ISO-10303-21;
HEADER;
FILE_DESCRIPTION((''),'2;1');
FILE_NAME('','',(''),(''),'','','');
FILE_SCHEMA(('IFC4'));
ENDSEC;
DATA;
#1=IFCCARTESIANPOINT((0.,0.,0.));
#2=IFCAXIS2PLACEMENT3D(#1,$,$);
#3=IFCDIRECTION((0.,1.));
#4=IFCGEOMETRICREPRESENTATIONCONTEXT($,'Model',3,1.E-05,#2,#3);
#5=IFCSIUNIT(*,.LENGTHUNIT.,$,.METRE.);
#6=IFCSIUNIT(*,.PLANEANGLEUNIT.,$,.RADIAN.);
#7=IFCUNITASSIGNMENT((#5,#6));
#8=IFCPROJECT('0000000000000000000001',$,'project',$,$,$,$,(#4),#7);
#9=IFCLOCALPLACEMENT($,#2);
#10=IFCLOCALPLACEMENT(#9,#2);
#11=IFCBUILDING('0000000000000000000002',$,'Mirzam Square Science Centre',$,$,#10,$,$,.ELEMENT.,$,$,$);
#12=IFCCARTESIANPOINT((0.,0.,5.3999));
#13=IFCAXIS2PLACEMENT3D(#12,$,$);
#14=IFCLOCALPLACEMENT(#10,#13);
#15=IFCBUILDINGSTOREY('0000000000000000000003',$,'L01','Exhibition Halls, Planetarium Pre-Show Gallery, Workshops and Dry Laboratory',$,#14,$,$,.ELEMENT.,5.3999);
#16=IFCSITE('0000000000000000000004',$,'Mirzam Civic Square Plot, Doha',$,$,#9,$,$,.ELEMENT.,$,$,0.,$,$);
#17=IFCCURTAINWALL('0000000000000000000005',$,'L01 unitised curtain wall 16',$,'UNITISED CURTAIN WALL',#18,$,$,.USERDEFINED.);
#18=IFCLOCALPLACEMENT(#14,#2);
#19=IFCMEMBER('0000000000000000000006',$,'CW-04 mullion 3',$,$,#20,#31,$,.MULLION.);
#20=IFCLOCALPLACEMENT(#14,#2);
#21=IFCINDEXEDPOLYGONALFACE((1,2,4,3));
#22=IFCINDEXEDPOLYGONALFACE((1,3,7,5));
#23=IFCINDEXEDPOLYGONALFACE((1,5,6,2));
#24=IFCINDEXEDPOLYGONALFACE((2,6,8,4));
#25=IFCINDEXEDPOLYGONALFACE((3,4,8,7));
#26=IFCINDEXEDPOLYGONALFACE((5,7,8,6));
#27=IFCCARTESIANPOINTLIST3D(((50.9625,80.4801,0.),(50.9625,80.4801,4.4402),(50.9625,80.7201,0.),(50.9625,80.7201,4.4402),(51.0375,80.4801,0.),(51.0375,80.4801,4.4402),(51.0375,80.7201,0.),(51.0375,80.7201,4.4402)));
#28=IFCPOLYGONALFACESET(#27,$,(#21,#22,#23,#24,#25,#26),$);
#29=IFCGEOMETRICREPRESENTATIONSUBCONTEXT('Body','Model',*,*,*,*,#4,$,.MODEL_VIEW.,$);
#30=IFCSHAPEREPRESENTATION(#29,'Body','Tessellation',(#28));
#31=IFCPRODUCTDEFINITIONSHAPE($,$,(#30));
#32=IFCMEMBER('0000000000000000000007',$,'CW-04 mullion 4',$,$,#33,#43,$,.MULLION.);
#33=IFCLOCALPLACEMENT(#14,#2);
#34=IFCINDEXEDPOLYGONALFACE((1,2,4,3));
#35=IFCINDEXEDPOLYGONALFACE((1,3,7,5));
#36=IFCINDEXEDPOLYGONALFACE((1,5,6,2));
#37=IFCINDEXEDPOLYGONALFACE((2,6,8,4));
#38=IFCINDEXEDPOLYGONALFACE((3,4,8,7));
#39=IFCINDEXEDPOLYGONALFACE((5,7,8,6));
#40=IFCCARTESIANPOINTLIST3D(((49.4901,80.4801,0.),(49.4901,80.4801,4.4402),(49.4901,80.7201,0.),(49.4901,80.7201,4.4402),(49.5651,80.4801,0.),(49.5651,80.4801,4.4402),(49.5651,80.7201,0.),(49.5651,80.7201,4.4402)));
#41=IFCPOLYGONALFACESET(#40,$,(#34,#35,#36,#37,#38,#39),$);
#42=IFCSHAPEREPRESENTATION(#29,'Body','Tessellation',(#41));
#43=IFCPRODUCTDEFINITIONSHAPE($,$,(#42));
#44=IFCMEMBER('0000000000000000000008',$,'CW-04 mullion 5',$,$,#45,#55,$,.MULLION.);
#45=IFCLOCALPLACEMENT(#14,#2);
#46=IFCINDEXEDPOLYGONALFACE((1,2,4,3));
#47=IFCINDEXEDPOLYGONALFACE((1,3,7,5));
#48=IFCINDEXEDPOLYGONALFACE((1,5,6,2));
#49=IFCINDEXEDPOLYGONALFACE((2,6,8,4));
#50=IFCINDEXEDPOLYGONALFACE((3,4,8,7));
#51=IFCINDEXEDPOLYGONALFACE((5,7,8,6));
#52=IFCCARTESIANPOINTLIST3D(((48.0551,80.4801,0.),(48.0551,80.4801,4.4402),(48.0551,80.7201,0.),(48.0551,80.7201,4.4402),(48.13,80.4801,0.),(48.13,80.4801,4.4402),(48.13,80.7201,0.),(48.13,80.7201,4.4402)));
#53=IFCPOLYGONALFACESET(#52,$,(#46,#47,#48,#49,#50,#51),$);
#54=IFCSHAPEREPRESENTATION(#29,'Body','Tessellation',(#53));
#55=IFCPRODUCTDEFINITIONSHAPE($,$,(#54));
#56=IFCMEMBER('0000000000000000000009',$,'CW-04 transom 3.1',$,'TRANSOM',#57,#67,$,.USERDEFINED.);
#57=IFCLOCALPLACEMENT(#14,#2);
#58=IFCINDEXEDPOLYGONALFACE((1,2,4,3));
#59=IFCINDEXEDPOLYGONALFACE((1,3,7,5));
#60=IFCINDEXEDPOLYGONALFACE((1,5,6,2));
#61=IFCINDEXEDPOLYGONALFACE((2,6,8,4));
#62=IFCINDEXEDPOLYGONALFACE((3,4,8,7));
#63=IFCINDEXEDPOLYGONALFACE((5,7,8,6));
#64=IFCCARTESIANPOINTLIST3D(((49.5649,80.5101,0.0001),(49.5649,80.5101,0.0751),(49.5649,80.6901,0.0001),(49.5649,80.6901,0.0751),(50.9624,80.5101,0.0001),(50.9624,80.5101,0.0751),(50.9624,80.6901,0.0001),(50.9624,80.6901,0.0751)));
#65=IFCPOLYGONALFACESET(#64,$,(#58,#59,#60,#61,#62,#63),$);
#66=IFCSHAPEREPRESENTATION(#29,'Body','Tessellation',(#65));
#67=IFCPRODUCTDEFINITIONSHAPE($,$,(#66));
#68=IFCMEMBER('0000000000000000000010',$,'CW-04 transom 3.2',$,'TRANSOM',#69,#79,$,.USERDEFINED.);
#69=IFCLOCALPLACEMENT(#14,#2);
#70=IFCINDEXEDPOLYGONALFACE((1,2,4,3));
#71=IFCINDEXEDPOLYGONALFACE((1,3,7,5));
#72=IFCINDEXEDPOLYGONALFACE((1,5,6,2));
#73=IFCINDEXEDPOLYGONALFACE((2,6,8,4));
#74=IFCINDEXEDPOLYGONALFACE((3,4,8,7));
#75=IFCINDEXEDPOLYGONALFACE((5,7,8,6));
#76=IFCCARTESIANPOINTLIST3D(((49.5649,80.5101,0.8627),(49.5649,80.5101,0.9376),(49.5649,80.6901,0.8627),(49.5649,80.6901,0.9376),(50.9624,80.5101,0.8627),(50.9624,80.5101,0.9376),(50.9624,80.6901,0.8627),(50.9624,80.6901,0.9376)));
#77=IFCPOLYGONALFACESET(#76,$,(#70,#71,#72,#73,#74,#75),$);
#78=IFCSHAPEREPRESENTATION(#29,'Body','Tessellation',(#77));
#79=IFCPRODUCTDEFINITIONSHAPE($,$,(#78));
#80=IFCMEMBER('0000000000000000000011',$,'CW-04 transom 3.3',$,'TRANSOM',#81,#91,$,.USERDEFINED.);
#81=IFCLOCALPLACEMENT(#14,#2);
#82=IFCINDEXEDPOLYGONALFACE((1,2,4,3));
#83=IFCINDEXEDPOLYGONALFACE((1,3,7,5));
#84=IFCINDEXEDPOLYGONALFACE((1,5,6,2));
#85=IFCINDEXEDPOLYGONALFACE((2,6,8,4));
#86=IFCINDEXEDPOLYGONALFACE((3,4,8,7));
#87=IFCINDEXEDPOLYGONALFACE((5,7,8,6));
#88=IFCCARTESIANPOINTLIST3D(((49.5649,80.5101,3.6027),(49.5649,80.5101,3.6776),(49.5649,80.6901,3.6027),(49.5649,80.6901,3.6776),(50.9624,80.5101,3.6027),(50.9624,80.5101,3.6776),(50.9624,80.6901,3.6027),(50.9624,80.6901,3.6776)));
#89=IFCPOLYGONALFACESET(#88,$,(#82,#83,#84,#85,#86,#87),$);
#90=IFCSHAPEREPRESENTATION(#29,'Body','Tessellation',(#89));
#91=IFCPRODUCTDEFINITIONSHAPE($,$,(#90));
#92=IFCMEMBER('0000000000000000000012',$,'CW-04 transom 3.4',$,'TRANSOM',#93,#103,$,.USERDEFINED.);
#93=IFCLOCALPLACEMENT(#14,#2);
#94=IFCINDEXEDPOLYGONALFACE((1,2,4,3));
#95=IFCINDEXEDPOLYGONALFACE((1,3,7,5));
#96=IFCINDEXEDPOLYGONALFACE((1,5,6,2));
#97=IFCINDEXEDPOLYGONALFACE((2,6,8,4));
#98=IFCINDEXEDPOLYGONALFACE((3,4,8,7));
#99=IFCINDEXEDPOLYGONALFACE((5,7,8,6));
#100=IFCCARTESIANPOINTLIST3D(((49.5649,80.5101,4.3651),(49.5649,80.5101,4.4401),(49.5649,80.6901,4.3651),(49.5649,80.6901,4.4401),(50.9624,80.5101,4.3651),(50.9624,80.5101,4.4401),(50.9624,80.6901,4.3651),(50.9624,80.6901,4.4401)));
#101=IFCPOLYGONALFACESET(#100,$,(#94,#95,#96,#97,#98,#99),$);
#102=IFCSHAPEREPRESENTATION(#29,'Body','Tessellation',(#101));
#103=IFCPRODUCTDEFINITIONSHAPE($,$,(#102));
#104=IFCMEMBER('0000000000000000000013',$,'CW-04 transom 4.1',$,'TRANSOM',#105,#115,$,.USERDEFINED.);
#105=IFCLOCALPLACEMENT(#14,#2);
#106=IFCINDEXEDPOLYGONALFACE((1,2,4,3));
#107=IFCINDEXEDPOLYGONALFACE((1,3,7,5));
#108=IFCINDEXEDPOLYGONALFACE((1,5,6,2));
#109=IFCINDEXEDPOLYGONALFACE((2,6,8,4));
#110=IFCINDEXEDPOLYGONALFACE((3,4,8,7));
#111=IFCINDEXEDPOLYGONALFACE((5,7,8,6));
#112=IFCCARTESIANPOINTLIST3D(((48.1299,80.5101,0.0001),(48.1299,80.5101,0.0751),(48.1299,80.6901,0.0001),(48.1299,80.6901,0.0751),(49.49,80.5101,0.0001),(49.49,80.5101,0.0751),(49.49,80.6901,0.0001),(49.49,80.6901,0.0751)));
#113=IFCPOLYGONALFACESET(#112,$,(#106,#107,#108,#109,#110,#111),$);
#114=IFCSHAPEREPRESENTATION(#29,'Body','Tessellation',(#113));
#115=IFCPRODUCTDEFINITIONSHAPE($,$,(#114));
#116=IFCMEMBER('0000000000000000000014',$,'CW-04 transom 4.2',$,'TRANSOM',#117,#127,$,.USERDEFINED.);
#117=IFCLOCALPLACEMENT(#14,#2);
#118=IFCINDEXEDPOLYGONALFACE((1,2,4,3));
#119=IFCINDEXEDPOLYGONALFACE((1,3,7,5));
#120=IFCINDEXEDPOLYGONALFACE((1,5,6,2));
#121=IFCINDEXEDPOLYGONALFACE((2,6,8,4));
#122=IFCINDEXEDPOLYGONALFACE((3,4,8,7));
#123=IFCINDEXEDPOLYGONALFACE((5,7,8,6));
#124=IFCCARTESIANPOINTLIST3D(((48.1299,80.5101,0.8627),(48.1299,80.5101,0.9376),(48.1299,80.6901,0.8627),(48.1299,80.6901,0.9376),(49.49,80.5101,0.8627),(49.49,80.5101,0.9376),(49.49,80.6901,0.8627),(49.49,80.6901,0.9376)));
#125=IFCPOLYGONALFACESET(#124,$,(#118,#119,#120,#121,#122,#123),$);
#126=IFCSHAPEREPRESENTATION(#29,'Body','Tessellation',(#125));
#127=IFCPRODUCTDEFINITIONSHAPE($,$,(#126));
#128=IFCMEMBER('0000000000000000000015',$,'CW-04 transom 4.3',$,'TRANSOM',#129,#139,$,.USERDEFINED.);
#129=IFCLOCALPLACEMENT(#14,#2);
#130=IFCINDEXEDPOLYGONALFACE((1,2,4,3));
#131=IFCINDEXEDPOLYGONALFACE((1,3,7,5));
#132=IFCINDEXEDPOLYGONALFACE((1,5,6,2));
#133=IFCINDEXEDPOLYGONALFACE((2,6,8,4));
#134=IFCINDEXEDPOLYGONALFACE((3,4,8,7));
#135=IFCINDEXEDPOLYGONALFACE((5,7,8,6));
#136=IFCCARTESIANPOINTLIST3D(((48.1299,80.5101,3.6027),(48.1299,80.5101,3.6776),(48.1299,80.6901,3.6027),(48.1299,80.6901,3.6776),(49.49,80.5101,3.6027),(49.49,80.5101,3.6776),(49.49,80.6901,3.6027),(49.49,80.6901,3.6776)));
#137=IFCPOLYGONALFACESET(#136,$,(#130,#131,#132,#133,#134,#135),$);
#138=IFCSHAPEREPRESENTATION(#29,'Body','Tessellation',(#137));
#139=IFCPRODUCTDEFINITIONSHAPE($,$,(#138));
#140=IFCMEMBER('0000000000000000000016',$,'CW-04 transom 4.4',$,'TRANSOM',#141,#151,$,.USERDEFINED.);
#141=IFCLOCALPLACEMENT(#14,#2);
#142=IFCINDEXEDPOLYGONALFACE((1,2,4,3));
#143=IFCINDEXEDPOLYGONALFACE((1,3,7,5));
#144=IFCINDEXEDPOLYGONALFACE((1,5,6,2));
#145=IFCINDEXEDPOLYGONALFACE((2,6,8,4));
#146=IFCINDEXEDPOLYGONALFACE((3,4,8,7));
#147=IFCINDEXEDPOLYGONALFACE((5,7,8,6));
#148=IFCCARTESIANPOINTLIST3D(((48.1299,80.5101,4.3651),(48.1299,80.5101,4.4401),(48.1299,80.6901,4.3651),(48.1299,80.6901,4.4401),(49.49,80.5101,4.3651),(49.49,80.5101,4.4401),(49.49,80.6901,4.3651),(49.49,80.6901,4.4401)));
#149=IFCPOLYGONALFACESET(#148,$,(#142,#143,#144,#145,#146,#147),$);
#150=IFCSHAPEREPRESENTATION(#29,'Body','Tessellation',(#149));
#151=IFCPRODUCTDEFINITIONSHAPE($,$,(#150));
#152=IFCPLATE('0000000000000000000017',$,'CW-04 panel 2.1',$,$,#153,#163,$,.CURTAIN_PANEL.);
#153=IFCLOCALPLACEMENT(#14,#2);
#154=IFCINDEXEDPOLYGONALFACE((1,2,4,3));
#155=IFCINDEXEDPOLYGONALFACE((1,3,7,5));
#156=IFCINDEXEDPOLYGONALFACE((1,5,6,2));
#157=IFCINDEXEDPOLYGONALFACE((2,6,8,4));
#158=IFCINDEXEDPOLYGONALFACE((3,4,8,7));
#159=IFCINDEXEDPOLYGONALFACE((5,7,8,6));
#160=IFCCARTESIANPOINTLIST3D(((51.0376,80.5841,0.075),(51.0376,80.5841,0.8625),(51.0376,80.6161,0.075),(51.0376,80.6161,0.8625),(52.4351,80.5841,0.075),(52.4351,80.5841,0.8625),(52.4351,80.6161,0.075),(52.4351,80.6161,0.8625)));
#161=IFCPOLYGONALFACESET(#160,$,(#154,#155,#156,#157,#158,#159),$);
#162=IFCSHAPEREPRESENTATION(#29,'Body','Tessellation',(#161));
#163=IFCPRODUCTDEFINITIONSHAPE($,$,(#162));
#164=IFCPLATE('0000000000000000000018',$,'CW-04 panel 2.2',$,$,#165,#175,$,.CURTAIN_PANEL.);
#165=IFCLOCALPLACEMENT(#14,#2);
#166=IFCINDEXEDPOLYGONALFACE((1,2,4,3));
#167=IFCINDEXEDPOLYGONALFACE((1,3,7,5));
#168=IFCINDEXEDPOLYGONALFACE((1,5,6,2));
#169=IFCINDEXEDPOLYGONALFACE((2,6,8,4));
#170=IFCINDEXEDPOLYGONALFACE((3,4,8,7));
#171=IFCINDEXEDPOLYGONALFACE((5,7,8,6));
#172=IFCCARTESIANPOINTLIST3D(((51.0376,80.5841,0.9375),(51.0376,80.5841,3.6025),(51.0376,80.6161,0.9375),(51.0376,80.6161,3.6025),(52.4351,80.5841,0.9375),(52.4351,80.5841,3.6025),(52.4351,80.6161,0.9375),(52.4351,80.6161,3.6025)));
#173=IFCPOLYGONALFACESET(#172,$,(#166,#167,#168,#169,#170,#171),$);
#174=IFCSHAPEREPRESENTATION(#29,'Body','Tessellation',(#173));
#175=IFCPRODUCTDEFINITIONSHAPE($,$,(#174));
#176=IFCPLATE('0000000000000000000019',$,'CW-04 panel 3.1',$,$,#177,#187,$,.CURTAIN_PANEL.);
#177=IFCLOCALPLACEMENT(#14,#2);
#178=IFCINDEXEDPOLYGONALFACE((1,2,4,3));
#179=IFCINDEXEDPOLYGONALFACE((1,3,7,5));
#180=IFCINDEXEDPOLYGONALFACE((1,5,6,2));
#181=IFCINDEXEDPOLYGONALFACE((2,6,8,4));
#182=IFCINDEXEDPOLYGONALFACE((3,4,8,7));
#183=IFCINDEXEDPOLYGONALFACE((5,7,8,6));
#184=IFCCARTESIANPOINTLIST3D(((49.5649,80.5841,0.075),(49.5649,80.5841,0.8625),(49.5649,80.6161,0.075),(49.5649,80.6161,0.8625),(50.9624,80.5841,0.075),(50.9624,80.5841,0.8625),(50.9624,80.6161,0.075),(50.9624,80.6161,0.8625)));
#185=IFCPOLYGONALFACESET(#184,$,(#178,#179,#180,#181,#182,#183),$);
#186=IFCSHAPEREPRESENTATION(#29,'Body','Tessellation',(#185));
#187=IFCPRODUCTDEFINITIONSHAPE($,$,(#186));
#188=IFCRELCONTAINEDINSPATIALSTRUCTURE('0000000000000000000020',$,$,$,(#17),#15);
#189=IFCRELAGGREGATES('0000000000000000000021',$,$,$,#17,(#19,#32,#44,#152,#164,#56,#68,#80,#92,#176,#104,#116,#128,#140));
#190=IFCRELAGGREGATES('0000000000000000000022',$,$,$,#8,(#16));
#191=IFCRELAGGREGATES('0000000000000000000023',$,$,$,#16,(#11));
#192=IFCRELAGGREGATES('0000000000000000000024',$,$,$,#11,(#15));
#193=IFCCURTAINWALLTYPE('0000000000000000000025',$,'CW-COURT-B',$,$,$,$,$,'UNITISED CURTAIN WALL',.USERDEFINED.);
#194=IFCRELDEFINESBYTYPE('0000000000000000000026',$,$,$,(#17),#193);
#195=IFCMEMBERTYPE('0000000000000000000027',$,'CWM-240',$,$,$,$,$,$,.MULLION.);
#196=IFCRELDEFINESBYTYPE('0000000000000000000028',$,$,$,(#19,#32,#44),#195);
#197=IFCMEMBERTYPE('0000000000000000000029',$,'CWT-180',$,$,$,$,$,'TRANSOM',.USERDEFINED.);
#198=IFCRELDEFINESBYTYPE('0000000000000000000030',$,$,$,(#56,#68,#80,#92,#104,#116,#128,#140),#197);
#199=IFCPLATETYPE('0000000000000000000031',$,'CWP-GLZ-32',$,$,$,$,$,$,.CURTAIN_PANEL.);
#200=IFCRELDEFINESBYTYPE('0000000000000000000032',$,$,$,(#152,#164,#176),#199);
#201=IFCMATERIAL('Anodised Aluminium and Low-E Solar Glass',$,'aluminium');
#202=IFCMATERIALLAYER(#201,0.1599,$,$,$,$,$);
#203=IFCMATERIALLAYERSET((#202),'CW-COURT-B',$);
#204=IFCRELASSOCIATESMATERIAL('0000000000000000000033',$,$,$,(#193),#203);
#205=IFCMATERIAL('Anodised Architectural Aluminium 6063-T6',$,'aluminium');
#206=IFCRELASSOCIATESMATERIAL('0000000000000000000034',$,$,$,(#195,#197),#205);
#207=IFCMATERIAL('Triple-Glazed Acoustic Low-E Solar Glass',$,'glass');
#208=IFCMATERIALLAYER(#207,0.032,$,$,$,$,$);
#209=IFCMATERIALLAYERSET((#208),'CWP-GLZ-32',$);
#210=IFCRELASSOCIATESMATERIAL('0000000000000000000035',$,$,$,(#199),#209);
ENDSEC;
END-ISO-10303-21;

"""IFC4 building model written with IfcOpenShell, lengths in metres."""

from ifc_helpers import new_model, si_unit, direction, frame, origin, origin_2d, place, context, subcontext, project, spatial, rectangle, extrude, material, layer, layer_set, material_profile, profile_set, type_object, element, aggregate, save


model = new_model("IFC4")

# Units and contexts
model_context = context("Model", 3, precision=1e-05, world=origin(), true_north=direction((0.0, 1.0)))
body_context = subcontext(model_context, "Body", "Model", "MODEL_VIEW")
ifc_project = project(units=[si_unit("LENGTHUNIT", "METRE"), si_unit("PLANEANGLEUNIT", "RADIAN")], contexts=[model_context])

# Site, building, storey
site_placement = place(None, origin())
site = spatial("IfcSite", under=ifc_project, at=site_placement, Name="Mirzam Civic Square Plot, Doha", CompositionType="ELEMENT", RefElevation=0.0)
building_placement = place(site_placement, origin())
building = spatial("IfcBuilding", under=site, at=building_placement, Name="Mirzam Square Science Centre", CompositionType="ELEMENT")
storey_placement = place(building_placement, frame((0.0, 0.0, 5.3999)))
storey = spatial("IfcBuildingStorey", under=building, at=storey_placement, Name="L01", Description="Exhibition Halls, Planetarium Pre-Show Gallery, Workshops and Dry Laboratory", CompositionType="ELEMENT", Elevation=5.3999)

# Curtain wall, members, plates
ifc_material_1 = material(Name="Anodised Aluminium and Low-E Solar Glass", Category="aluminium")
ifc_layer_1 = layer(ifc_material_1, 0.1599)
ifc_layer_set_1 = layer_set([ifc_layer_1], Name="CW-COURT-B")
curtain_wall_type = type_object("IfcCurtainWallType", Name="CW-COURT-B", ElementType="UNITISED CURTAIN WALL", PredefinedType="USERDEFINED", material=ifc_layer_set_1)
curtain_wall_placement = place(storey_placement, origin())
curtain_wall = element("IfcCurtainWall", 1, at=curtain_wall_placement, inside=storey, type_object=curtain_wall_type, Name="L01 unitised curtain wall 16", ObjectType="UNITISED CURTAIN WALL", PredefinedType="USERDEFINED")
ifc_material_2 = material(Name="Anodised Architectural Aluminium 6063-T6", Category="aluminium")
ifc_material_profile_1 = material_profile(ifc_material_2, rectangle(XDim=0.075, YDim=0.24, at=origin_2d()), Name="ALU-MULL-240x75x5")
ifc_profile_set_1 = profile_set([ifc_material_profile_1], Name="Anodised Architectural Aluminium 6063-T6")
member_type_1 = type_object("IfcMemberType", Name="CWM-240", PredefinedType="MULLION", material=ifc_profile_set_1)
member_1_placement = place(storey_placement, frame((51.0, 80.6001, 0.0), z_axis=(0.0, 0.0, 1.0), x_axis=(-1.0, 0.0, 0.0)))
member_1 = element("IfcMember", 2, at=member_1_placement, type_object=member_type_1, Name="CW-04 mullion 3", PredefinedType="MULLION", context=body_context, shape_type="SweptSolid", body=[
    extrude(rectangle(XDim=0.075, YDim=0.24, at=origin_2d()), origin(), (0.0, 0.0, 1.0), 4.4402),
])
member_2_placement = place(storey_placement, frame((49.5276, 80.6001, 0.0), z_axis=(0.0, 0.0, 1.0), x_axis=(-1.0, 0.0, 0.0)))
member_2 = element("IfcMember", 3, at=member_2_placement, type_object=member_type_1, Name="CW-04 mullion 4", PredefinedType="MULLION", context=body_context, shape_type="SweptSolid", body=[
    extrude(rectangle(XDim=0.075, YDim=0.24, at=origin_2d()), origin(), (0.0, 0.0, 1.0), 4.4402),
])
member_3_placement = place(storey_placement, frame((48.0925, 80.6001, 0.0), z_axis=(0.0, 0.0, 1.0), x_axis=(-1.0, 0.0, 0.0)))
member_3 = element("IfcMember", 4, at=member_3_placement, type_object=member_type_1, Name="CW-04 mullion 5", PredefinedType="MULLION", context=body_context, shape_type="SweptSolid", body=[
    extrude(rectangle(XDim=0.075, YDim=0.24, at=origin_2d()), origin(), (0.0, 0.0, 1.0), 4.4402),
])
ifc_material_profile_2 = material_profile(ifc_material_2, rectangle(XDim=0.1799, YDim=0.075, at=origin_2d()), Name="ALU-TRAN-180x75x5")
ifc_profile_set_2 = profile_set([ifc_material_profile_2], Name="Anodised Architectural Aluminium 6063-T6")
member_type_2 = type_object("IfcMemberType", Name="CWT-180", ElementType="TRANSOM", PredefinedType="USERDEFINED", material=ifc_profile_set_2)
member_4_placement = place(storey_placement, frame((50.9624, 80.6001, 0.0376), z_axis=(-1.0, 0.0, 0.0), x_axis=(0.0, -1.0, 0.0)))
member_4 = element("IfcMember", 5, at=member_4_placement, type_object=member_type_2, Name="CW-04 transom 3.1", ObjectType="TRANSOM", PredefinedType="USERDEFINED", context=body_context, shape_type="SweptSolid", body=[
    extrude(rectangle(XDim=0.1799, YDim=0.075, at=origin_2d()), origin(), (0.0, 0.0, 1.0), 1.3975),
])
member_5_placement = place(storey_placement, frame((50.9624, 80.6001, 0.9001), z_axis=(-1.0, 0.0, 0.0), x_axis=(0.0, -1.0, 0.0)))
member_5 = element("IfcMember", 6, at=member_5_placement, type_object=member_type_2, Name="CW-04 transom 3.2", ObjectType="TRANSOM", PredefinedType="USERDEFINED", context=body_context, shape_type="SweptSolid", body=[
    extrude(rectangle(XDim=0.1799, YDim=0.075, at=origin_2d()), origin(), (0.0, 0.0, 1.0), 1.3975),
])
member_6_placement = place(storey_placement, frame((50.9624, 80.6001, 3.6401), z_axis=(-1.0, 0.0, 0.0), x_axis=(0.0, -1.0, 0.0)))
member_6 = element("IfcMember", 7, at=member_6_placement, type_object=member_type_2, Name="CW-04 transom 3.3", ObjectType="TRANSOM", PredefinedType="USERDEFINED", context=body_context, shape_type="SweptSolid", body=[
    extrude(rectangle(XDim=0.1799, YDim=0.075, at=origin_2d()), origin(), (0.0, 0.0, 1.0), 1.3975),
])
member_7_placement = place(storey_placement, frame((50.9624, 80.6001, 4.4026), z_axis=(-1.0, 0.0, 0.0), x_axis=(0.0, -1.0, 0.0)))
member_7 = element("IfcMember", 8, at=member_7_placement, type_object=member_type_2, Name="CW-04 transom 3.4", ObjectType="TRANSOM", PredefinedType="USERDEFINED", context=body_context, shape_type="SweptSolid", body=[
    extrude(rectangle(XDim=0.1799, YDim=0.075, at=origin_2d()), origin(), (0.0, 0.0, 1.0), 1.3975),
])
member_8_placement = place(storey_placement, frame((49.49, 80.6001, 0.0376), z_axis=(-1.0, 0.0, 0.0), x_axis=(0.0, -1.0, 0.0)))
member_8 = element("IfcMember", 9, at=member_8_placement, type_object=member_type_2, Name="CW-04 transom 4.1", ObjectType="TRANSOM", PredefinedType="USERDEFINED", context=body_context, shape_type="SweptSolid", body=[
    extrude(rectangle(XDim=0.1799, YDim=0.075, at=origin_2d()), origin(), (0.0, 0.0, 1.0), 1.3601),
])
member_9_placement = place(storey_placement, frame((49.49, 80.6001, 0.9001), z_axis=(-1.0, 0.0, 0.0), x_axis=(0.0, -1.0, 0.0)))
member_9 = element("IfcMember", 10, at=member_9_placement, type_object=member_type_2, Name="CW-04 transom 4.2", ObjectType="TRANSOM", PredefinedType="USERDEFINED", context=body_context, shape_type="SweptSolid", body=[
    extrude(rectangle(XDim=0.1799, YDim=0.075, at=origin_2d()), origin(), (0.0, 0.0, 1.0), 1.3601),
])
member_10_placement = place(storey_placement, frame((49.49, 80.6001, 3.6401), z_axis=(-1.0, 0.0, 0.0), x_axis=(0.0, -1.0, 0.0)))
member_10 = element("IfcMember", 11, at=member_10_placement, type_object=member_type_2, Name="CW-04 transom 4.3", ObjectType="TRANSOM", PredefinedType="USERDEFINED", context=body_context, shape_type="SweptSolid", body=[
    extrude(rectangle(XDim=0.1799, YDim=0.075, at=origin_2d()), origin(), (0.0, 0.0, 1.0), 1.3601),
])
member_11_placement = place(storey_placement, frame((49.49, 80.6001, 4.4026), z_axis=(-1.0, 0.0, 0.0), x_axis=(0.0, -1.0, 0.0)))
member_11 = element("IfcMember", 12, at=member_11_placement, type_object=member_type_2, Name="CW-04 transom 4.4", ObjectType="TRANSOM", PredefinedType="USERDEFINED", context=body_context, shape_type="SweptSolid", body=[
    extrude(rectangle(XDim=0.1799, YDim=0.075, at=origin_2d()), origin(), (0.0, 0.0, 1.0), 1.3601),
])
ifc_material_3 = material(Name="Triple-Glazed Acoustic Low-E Solar Glass", Category="glass")
ifc_layer_2 = layer(ifc_material_3, 0.032)
ifc_layer_set_2 = layer_set([ifc_layer_2], Name="CWP-GLZ-32")
plate_type = type_object("IfcPlateType", Name="CWP-GLZ-32", PredefinedType="CURTAIN_PANEL", material=ifc_layer_set_2)
plate_1_placement = place(storey_placement, frame((51.7363, 80.6001, 0.075), z_axis=(0.0, 0.0, 1.0), x_axis=(-1.0, 0.0, 0.0)))
plate_1 = element("IfcPlate", 13, at=plate_1_placement, type_object=plate_type, Name="CW-04 panel 2.1", PredefinedType="CURTAIN_PANEL", context=body_context, shape_type="SweptSolid", body=[
    extrude(rectangle(XDim=1.3975, YDim=0.032, at=origin_2d()), origin(), (0.0, 0.0, 1.0), 0.7876),
])
plate_2_placement = place(storey_placement, frame((51.7363, 80.6001, 0.9375), z_axis=(0.0, 0.0, 1.0), x_axis=(-1.0, 0.0, 0.0)))
plate_2 = element("IfcPlate", 14, at=plate_2_placement, type_object=plate_type, Name="CW-04 panel 2.2", PredefinedType="CURTAIN_PANEL", context=body_context, shape_type="SweptSolid", body=[
    extrude(rectangle(XDim=1.3975, YDim=0.032, at=origin_2d()), origin(), (0.0, 0.0, 1.0), 2.665),
])
plate_3_placement = place(storey_placement, frame((50.2637, 80.6001, 0.075), z_axis=(0.0, 0.0, 1.0), x_axis=(-1.0, 0.0, 0.0)))
plate_3 = element("IfcPlate", 15, at=plate_3_placement, type_object=plate_type, Name="CW-04 panel 3.1", PredefinedType="CURTAIN_PANEL", context=body_context, shape_type="SweptSolid", body=[
    extrude(rectangle(XDim=1.3975, YDim=0.032, at=origin_2d()), origin(), (0.0, 0.0, 1.0), 0.7876),
])
aggregate(curtain_wall, [member_1, member_2, member_3, plate_1, plate_2, member_4, member_5, member_6, member_7, plate_3, member_8, member_9, member_10, member_11])

save(model, "model.ifc")
